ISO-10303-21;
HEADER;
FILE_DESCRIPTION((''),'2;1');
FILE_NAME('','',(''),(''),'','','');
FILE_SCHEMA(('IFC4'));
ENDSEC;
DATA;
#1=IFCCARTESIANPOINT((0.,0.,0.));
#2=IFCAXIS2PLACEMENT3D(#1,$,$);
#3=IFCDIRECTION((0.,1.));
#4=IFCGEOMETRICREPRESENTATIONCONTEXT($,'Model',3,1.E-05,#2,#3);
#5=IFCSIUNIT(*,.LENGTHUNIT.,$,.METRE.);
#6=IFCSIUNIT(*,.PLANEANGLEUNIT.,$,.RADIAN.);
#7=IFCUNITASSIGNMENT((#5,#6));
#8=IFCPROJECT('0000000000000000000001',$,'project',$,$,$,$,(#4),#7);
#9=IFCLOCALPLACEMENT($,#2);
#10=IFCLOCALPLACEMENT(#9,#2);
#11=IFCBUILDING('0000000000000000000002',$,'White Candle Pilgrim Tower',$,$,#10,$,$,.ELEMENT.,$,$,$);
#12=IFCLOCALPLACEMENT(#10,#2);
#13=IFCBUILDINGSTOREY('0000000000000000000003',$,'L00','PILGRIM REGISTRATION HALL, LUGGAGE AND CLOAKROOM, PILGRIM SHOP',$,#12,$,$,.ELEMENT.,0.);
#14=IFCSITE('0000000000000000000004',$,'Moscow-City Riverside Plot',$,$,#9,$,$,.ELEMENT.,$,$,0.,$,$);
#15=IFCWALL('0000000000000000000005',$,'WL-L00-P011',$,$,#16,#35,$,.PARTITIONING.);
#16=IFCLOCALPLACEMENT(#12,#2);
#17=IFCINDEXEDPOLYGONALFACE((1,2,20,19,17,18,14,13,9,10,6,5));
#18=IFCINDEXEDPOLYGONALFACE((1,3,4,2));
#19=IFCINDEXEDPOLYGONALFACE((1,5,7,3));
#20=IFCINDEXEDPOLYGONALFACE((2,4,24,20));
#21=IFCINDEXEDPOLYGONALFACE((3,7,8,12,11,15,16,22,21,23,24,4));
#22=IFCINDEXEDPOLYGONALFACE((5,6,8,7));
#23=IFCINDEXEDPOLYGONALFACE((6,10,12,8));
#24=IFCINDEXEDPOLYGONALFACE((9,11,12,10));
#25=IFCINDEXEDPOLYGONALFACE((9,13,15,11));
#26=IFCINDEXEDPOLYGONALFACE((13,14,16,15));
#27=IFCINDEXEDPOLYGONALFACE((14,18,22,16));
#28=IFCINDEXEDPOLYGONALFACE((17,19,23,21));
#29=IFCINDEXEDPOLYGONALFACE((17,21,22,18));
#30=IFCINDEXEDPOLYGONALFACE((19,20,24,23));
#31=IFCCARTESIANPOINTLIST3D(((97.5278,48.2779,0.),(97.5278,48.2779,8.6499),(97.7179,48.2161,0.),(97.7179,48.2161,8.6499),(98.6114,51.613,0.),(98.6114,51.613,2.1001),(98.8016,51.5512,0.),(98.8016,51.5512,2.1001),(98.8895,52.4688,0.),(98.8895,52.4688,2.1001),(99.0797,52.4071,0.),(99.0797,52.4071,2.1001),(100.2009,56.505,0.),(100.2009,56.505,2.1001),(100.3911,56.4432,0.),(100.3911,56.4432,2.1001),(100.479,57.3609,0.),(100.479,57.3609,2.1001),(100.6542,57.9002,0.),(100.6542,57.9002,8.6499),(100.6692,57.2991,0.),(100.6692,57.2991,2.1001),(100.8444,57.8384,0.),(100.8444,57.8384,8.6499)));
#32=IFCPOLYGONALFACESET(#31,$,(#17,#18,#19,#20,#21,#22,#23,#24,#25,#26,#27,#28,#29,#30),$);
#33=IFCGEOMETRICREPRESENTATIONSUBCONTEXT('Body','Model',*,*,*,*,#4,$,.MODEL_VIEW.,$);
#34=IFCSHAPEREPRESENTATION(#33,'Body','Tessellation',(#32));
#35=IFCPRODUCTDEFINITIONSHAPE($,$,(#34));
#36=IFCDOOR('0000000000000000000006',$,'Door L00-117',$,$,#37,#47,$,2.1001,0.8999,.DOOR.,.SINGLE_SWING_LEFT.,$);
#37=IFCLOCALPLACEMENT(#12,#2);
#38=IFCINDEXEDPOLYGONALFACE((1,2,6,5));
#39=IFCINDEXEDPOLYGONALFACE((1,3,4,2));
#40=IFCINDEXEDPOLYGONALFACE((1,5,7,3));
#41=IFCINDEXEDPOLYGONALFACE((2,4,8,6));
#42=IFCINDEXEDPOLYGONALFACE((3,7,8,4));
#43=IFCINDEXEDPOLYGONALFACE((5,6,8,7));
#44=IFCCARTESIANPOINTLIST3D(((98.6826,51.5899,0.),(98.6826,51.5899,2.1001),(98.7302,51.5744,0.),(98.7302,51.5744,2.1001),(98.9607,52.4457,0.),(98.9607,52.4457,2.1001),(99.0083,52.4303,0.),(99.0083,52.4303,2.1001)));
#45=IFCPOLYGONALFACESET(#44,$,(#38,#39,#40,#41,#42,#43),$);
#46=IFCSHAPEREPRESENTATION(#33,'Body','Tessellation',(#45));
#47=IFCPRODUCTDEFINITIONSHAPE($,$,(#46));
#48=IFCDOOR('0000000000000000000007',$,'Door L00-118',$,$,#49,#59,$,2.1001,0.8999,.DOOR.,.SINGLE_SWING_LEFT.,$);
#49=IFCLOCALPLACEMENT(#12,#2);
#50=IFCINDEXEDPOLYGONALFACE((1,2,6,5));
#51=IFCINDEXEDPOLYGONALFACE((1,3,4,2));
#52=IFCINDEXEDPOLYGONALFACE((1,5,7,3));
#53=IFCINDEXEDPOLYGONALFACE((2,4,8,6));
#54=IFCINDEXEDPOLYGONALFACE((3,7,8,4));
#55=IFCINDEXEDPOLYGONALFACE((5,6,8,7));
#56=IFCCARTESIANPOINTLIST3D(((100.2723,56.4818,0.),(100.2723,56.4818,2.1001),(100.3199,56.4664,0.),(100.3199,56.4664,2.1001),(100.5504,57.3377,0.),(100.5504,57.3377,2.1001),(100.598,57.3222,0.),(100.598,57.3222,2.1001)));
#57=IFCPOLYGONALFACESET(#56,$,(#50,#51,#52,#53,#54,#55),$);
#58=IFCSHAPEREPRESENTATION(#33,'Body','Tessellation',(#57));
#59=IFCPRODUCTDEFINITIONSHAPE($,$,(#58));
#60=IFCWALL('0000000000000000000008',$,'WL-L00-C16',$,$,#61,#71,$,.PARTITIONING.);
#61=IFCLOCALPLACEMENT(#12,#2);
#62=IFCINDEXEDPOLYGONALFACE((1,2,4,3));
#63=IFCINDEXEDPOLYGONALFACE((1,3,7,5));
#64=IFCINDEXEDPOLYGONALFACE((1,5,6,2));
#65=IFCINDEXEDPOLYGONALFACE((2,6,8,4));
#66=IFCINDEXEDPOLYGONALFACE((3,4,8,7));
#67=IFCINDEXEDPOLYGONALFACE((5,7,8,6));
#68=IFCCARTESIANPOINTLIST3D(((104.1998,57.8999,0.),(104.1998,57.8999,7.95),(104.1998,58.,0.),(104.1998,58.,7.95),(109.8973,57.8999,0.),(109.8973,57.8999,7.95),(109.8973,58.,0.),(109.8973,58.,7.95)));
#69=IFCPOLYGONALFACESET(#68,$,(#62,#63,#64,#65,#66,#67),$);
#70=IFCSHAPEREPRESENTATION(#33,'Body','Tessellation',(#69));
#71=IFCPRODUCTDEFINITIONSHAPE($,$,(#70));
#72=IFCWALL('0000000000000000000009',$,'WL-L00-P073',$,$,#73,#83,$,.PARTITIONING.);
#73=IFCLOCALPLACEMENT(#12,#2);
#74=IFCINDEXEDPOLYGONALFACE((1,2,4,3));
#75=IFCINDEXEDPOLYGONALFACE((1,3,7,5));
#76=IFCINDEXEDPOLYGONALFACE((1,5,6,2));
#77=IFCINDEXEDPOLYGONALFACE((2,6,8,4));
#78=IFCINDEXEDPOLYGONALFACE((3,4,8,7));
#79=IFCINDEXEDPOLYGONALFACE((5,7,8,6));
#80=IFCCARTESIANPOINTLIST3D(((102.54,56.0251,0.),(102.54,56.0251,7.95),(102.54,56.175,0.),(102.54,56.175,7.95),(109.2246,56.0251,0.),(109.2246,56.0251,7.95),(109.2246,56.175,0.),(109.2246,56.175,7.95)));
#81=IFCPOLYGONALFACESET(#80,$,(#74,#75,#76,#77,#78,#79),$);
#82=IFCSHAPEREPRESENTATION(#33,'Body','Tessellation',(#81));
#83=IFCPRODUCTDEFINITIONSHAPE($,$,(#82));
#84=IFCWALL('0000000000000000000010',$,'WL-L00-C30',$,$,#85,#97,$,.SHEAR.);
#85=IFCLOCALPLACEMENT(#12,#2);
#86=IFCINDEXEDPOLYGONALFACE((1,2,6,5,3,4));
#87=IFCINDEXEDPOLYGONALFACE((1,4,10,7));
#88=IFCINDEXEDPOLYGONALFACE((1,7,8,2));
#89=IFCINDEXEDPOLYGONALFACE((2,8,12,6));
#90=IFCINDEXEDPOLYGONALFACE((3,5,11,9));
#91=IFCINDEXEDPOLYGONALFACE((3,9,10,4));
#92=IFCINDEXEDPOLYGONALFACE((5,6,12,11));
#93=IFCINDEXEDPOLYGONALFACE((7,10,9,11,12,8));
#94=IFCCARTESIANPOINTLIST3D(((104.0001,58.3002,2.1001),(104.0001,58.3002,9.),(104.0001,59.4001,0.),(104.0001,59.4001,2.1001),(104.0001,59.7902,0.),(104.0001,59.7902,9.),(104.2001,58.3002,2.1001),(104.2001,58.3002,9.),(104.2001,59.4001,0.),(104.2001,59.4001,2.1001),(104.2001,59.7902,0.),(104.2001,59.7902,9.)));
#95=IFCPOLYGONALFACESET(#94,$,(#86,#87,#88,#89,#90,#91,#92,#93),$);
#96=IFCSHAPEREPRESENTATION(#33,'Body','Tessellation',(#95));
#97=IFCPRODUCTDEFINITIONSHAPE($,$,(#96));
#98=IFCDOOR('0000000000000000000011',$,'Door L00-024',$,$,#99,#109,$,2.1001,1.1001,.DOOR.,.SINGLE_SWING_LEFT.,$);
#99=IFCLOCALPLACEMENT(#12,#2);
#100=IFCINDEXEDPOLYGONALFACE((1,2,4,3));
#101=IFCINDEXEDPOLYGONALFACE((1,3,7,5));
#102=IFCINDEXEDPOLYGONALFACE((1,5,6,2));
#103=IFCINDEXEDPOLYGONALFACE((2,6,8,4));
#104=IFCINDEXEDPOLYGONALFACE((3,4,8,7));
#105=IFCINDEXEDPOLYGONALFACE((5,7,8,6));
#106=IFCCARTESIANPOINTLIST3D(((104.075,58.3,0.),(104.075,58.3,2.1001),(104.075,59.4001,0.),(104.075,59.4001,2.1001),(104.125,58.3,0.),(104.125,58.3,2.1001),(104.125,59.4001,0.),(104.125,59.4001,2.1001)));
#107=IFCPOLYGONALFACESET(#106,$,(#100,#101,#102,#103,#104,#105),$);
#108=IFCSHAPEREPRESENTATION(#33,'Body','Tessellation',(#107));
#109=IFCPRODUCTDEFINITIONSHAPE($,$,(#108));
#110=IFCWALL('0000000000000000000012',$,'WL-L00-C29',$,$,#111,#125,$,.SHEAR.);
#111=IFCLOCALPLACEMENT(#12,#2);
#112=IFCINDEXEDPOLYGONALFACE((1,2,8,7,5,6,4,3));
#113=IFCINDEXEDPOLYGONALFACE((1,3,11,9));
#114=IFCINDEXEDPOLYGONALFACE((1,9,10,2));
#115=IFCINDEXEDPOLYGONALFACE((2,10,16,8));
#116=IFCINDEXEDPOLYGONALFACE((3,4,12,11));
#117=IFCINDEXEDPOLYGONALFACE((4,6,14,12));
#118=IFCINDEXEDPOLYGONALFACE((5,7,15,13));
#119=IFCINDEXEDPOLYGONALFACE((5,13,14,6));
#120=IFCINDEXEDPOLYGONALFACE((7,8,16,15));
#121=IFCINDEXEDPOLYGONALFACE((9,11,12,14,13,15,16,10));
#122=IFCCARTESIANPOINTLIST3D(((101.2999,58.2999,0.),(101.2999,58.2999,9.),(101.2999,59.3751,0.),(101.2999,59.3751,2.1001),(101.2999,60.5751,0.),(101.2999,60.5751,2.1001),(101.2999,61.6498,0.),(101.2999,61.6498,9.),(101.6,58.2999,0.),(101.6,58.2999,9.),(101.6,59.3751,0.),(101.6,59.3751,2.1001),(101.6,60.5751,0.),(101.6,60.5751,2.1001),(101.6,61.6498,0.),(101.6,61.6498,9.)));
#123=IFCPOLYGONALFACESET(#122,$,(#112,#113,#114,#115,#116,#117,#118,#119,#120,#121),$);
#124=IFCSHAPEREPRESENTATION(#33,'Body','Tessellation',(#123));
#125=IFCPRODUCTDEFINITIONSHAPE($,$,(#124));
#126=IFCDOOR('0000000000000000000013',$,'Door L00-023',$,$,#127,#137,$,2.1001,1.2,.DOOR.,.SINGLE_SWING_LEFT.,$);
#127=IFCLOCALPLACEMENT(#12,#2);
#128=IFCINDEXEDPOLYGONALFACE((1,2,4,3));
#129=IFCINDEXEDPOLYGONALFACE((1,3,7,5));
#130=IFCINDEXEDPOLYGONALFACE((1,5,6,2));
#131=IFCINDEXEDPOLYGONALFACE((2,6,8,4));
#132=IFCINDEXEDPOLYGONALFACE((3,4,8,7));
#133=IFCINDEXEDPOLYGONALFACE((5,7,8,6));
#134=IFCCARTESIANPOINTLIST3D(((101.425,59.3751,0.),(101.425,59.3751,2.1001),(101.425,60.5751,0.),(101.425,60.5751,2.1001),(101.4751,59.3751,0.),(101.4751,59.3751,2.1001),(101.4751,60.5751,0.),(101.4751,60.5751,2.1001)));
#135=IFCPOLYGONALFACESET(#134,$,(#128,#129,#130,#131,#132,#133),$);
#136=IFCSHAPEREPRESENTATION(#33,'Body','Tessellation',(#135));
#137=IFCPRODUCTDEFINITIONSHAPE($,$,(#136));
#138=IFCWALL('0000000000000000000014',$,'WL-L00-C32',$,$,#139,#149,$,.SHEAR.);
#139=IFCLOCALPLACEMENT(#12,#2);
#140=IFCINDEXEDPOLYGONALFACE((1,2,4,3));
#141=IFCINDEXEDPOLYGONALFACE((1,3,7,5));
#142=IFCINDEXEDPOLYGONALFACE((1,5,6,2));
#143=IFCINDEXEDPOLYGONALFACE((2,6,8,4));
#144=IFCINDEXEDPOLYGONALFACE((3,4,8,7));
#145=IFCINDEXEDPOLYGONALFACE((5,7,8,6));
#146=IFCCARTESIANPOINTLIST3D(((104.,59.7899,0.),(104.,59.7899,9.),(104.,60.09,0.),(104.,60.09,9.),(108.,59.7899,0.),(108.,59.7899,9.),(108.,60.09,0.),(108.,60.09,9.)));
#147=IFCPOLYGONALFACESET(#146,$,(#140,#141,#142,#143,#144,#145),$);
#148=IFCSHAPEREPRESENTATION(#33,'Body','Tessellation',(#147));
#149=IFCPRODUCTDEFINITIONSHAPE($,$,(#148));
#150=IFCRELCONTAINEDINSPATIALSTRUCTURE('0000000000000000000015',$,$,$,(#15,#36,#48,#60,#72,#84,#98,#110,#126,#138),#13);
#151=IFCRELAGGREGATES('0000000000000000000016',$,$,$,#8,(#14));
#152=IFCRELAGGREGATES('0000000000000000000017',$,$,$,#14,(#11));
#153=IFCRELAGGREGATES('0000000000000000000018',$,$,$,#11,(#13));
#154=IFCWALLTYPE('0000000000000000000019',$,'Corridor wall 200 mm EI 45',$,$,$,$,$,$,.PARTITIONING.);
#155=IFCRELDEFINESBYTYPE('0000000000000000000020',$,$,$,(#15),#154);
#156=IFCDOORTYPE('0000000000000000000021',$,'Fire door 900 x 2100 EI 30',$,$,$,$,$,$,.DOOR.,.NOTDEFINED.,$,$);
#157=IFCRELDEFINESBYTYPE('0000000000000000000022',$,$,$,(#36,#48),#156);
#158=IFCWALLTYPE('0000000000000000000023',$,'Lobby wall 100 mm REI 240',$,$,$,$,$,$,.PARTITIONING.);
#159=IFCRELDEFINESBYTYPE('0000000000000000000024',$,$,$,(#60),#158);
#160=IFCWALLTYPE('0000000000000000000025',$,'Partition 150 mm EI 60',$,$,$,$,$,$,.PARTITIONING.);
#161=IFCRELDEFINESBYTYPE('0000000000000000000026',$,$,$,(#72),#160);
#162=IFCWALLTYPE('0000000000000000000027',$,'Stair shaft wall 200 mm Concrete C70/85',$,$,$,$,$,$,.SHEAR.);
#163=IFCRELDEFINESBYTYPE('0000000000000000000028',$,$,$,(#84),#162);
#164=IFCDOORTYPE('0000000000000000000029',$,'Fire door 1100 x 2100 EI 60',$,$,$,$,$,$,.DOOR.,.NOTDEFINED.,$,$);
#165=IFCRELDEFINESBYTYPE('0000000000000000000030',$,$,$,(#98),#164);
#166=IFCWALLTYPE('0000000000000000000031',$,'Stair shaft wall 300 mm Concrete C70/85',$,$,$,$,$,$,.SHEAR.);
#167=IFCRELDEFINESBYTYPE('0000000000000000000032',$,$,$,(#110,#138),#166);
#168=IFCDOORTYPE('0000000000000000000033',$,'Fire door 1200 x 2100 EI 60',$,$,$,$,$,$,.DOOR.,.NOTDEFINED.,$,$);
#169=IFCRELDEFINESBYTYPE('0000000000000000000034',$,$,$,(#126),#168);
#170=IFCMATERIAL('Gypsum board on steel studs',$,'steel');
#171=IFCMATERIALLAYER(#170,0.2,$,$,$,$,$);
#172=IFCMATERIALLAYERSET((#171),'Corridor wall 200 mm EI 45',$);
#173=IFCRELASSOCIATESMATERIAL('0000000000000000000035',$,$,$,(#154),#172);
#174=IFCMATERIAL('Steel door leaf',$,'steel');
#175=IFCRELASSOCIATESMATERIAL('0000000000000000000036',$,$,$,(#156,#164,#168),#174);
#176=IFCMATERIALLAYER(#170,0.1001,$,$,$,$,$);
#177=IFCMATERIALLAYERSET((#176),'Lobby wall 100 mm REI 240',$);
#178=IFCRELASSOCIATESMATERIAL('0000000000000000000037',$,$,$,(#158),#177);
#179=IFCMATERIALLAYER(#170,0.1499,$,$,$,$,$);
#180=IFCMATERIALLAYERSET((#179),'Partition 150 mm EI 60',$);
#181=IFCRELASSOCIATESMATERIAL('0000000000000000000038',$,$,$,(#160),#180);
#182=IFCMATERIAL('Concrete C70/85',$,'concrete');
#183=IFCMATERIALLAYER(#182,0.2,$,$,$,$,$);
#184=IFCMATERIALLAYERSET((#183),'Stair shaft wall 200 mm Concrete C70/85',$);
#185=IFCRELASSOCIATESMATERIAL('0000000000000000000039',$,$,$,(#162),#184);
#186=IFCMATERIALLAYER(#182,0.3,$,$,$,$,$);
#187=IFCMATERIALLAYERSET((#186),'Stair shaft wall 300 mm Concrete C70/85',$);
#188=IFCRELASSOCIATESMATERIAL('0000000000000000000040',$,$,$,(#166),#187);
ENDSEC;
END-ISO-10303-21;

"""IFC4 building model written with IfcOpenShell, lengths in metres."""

from ifc_helpers import new_model, si_unit, direction, frame, frame_2d, origin, place, context, subcontext, project, spatial, rectangle, extrude, material, layer, layer_set, type_object, element, fill, save


model = new_model("IFC4")

# Units and contexts
model_context = context("Model", 3, precision=1e-05, world=origin(), true_north=direction((0.0, 1.0)))
body_context = subcontext(model_context, "Body", "Model", "MODEL_VIEW")
ifc_project = project(units=[si_unit("LENGTHUNIT", "METRE"), si_unit("PLANEANGLEUNIT", "RADIAN")], contexts=[model_context])

# Site, building, storey
site_placement = place(None, origin())
site = spatial("IfcSite", under=ifc_project, at=site_placement, Name="Moscow-City Riverside Plot", CompositionType="ELEMENT", RefElevation=0.0)
building_placement = place(site_placement, origin())
building = spatial("IfcBuilding", under=site, at=building_placement, Name="White Candle Pilgrim Tower", CompositionType="ELEMENT")
storey_placement = place(building_placement, origin())
storey = spatial("IfcBuildingStorey", under=building, at=storey_placement, Name="L00", Description="PILGRIM REGISTRATION HALL, LUGGAGE AND CLOAKROOM, PILGRIM SHOP", CompositionType="ELEMENT", Elevation=0.0)

# Shared definitions
ifc_material_1 = material(Name="Concrete C70/85", Category="concrete")

# Wall, openings, doors
ifc_material_2 = material(Name="Gypsum board on steel studs", Category="steel")
ifc_layer_1 = layer(ifc_material_2, 0.2)
ifc_layer_set_1 = layer_set([ifc_layer_1], Name="Corridor wall 200 mm EI 45")
wall_type_1 = type_object("IfcWallType", Name="Corridor wall 200 mm EI 45", PredefinedType="PARTITIONING", material=ifc_layer_set_1)
wall_1_placement = place(storey_placement, frame((100.7493, 57.8691, 0.0), z_axis=(0.0, 0.0, 1.0), x_axis=(-0.309016, -0.951057, 0.0)))
wall_1 = element("IfcWall", 1, at=wall_1_placement, inside=storey, type_object=wall_type_1, Name="WL-L00-P011", PredefinedType="PARTITIONING", context=body_context, shape_type="SweptSolid", body=[
    extrude(rectangle(XDim=10.1174, YDim=0.2, at=frame_2d((5.0586, 0.0))), origin(), (0.0, 0.0, 1.0), 8.6499),
])
opening_1_placement = place(wall_1_placement, frame((5.7107, 0.0, 0.0)))
opening_1 = element("IfcOpeningElement", 2, at=opening_1_placement, cuts=wall_1, PredefinedType="OPENING", context=body_context, shape_type="SweptSolid", body=[
    extrude(rectangle(XDim=0.8999, YDim=2.1001, at=frame_2d((0.45, 1.05))), frame((0.0, 0.1099, 0.0), z_axis=(0.0, -1.0, 0.0), x_axis=(1.0, 0.0, 0.0)), (0.0, 0.0, 1.0), 0.22),
])
opening_2_placement = place(wall_1_placement, frame((0.5669, 0.0, 0.0)))
opening_2 = element("IfcOpeningElement", 3, at=opening_2_placement, cuts=wall_1, PredefinedType="OPENING", context=body_context, shape_type="SweptSolid", body=[
    extrude(rectangle(XDim=0.8999, YDim=2.1001, at=frame_2d((0.45, 1.05))), frame((0.0, 0.1099, 0.0), z_axis=(0.0, -1.0, 0.0), x_axis=(1.0, 0.0, 0.0)), (0.0, 0.0, 1.0), 0.22),
])
ifc_material_3 = material(Name="Steel door leaf", Category="steel")
door_type_1 = type_object("IfcDoorType", Name="Fire door 900 x 2100 EI 30", OperationType="NOTDEFINED", PredefinedType="DOOR", material=ifc_material_3)
door_1_placement = place(opening_1_placement, origin())
door_1 = element("IfcDoor", 4, at=door_1_placement, inside=storey, type_object=door_type_1, Name="Door L00-117", OperationType="SINGLE_SWING_LEFT", OverallHeight=2.1001, OverallWidth=0.8999, PredefinedType="DOOR", context=body_context, shape_type="SweptSolid", body=[
    extrude(rectangle(XDim=0.8999, YDim=2.1001, at=frame_2d((0.45, 1.05))), frame((0.0, 0.0249, 0.0), z_axis=(0.0, -1.0, 0.0), x_axis=(1.0, 0.0, 0.0)), (0.0, 0.0, 1.0), 0.05),
])
fill(opening_1, door_1)
door_2_placement = place(opening_2_placement, frame((0.8999, 0.0, 0.0), z_axis=(0.0, 0.0, 1.0), x_axis=(-1.0, 0.0, 0.0)))
door_2 = element("IfcDoor", 5, at=door_2_placement, inside=storey, type_object=door_type_1, Name="Door L00-118", OperationType="SINGLE_SWING_LEFT", OverallHeight=2.1001, OverallWidth=0.8999, PredefinedType="DOOR", context=body_context, shape_type="SweptSolid", body=[
    extrude(rectangle(XDim=0.8999, YDim=2.1001, at=frame_2d((0.45, 1.05))), frame((0.0, 0.0249, 0.0), z_axis=(0.0, -1.0, 0.0), x_axis=(1.0, 0.0, 0.0)), (0.0, 0.0, 1.0), 0.05),
])
fill(opening_2, door_2)

# Walls
ifc_layer_2 = layer(ifc_material_2, 0.1001)
ifc_layer_set_2 = layer_set([ifc_layer_2], Name="Lobby wall 100 mm REI 240")
wall_type_2 = type_object("IfcWallType", Name="Lobby wall 100 mm REI 240", PredefinedType="PARTITIONING", material=ifc_layer_set_2)
wall_2_placement = place(storey_placement, frame((104.2, 57.95, 0.0), z_axis=(0.0, 0.0, 1.0), x_axis=(1.0, 0.0, 0.0)))
element("IfcWall", 6, at=wall_2_placement, inside=storey, type_object=wall_type_2, Name="WL-L00-C16", PredefinedType="PARTITIONING", context=body_context, shape_type="SweptSolid", body=[
    extrude(rectangle(XDim=5.6975, YDim=0.1001, at=frame_2d((2.8486, 0.0))), origin(), (0.0, 0.0, 1.0), 7.95),
])
ifc_layer_3 = layer(ifc_material_2, 0.1499)
ifc_layer_set_3 = layer_set([ifc_layer_3], Name="Partition 150 mm EI 60")
wall_type_3 = type_object("IfcWallType", Name="Partition 150 mm EI 60", PredefinedType="PARTITIONING", material=ifc_layer_set_3)
wall_3_placement = place(storey_placement, frame((102.54, 56.1001, 0.0), z_axis=(0.0, 0.0, 1.0), x_axis=(1.0, 0.0, 0.0)))
element("IfcWall", 7, at=wall_3_placement, inside=storey, type_object=wall_type_3, Name="WL-L00-P073", PredefinedType="PARTITIONING", context=body_context, shape_type="SweptSolid", body=[
    extrude(rectangle(XDim=6.6846, YDim=0.1499, at=frame_2d((3.3423, 0.0))), origin(), (0.0, 0.0, 1.0), 7.95),
])

# Walls, openings, doors
ifc_layer_4 = layer(ifc_material_1, 0.2)
ifc_layer_set_4 = layer_set([ifc_layer_4], Name="Stair shaft wall 200 mm Concrete C70/85")
wall_type_4 = type_object("IfcWallType", Name="Stair shaft wall 200 mm Concrete C70/85", PredefinedType="SHEAR", material=ifc_layer_set_4)
wall_4_placement = place(storey_placement, frame((104.1001, 58.3, 0.0), z_axis=(0.0, 0.0, 1.0), x_axis=(0.0, 1.0, 0.0)))
wall_4 = element("IfcWall", 8, at=wall_4_placement, inside=storey, type_object=wall_type_4, Name="WL-L00-C30", PredefinedType="SHEAR", context=body_context, shape_type="SweptSolid", body=[
    extrude(rectangle(XDim=1.49, YDim=0.2, at=frame_2d((0.7451, 0.0))), origin(), (0.0, 0.0, 1.0), 9.0),
])
opening_3_placement = place(wall_4_placement, origin())
opening_3 = element("IfcOpeningElement", 9, at=opening_3_placement, cuts=wall_4, PredefinedType="OPENING", context=body_context, shape_type="SweptSolid", body=[
    extrude(rectangle(XDim=1.1001, YDim=2.1001, at=frame_2d((0.55, 1.05))), frame((0.0, 0.1099, 0.0), z_axis=(0.0, -1.0, 0.0), x_axis=(1.0, 0.0, 0.0)), (0.0, 0.0, 1.0), 0.22),
])
door_type_2 = type_object("IfcDoorType", Name="Fire door 1100 x 2100 EI 60", OperationType="NOTDEFINED", PredefinedType="DOOR", material=ifc_material_3)
door_3_placement = place(opening_3_placement, frame((1.1001, 0.0, 0.0), z_axis=(0.0, 0.0, 1.0), x_axis=(-1.0, 0.0, 0.0)))
door_3 = element("IfcDoor", 10, at=door_3_placement, inside=storey, type_object=door_type_2, Name="Door L00-024", OperationType="SINGLE_SWING_LEFT", OverallHeight=2.1001, OverallWidth=1.1001, PredefinedType="DOOR", context=body_context, shape_type="SweptSolid", body=[
    extrude(rectangle(XDim=1.1001, YDim=2.1001, at=frame_2d((0.55, 1.05))), frame((0.0, 0.0249, 0.0), z_axis=(0.0, -1.0, 0.0), x_axis=(1.0, 0.0, 0.0)), (0.0, 0.0, 1.0), 0.05),
])
fill(opening_3, door_3)
ifc_layer_5 = layer(ifc_material_1, 0.3)
ifc_layer_set_5 = layer_set([ifc_layer_5], Name="Stair shaft wall 300 mm Concrete C70/85")
wall_type_5 = type_object("IfcWallType", Name="Stair shaft wall 300 mm Concrete C70/85", PredefinedType="SHEAR", material=ifc_layer_set_5)
wall_5_placement = place(storey_placement, frame((101.45, 58.3, 0.0), z_axis=(0.0, 0.0, 1.0), x_axis=(0.0, 1.0, 0.0)))
wall_5 = element("IfcWall", 11, at=wall_5_placement, inside=storey, type_object=wall_type_5, Name="WL-L00-C29", PredefinedType="SHEAR", context=body_context, shape_type="SweptSolid", body=[
    extrude(rectangle(XDim=3.3499, YDim=0.3, at=frame_2d((1.6748, 0.0))), origin(), (0.0, 0.0, 1.0), 9.0),
])
opening_4_placement = place(wall_5_placement, frame((1.075, 0.0, 0.0)))
opening_4 = element("IfcOpeningElement", 12, at=opening_4_placement, cuts=wall_5, PredefinedType="OPENING", context=body_context, shape_type="SweptSolid", body=[
    extrude(rectangle(XDim=1.2, YDim=2.1001, at=frame_2d((0.6001, 1.05))), frame((0.0, 0.1599, 0.0), z_axis=(0.0, -1.0, 0.0), x_axis=(1.0, 0.0, 0.0)), (0.0, 0.0, 1.0), 0.3201),
])
door_type_3 = type_object("IfcDoorType", Name="Fire door 1200 x 2100 EI 60", OperationType="NOTDEFINED", PredefinedType="DOOR", material=ifc_material_3)
door_4_placement = place(opening_4_placement, origin())
door_4 = element("IfcDoor", 13, at=door_4_placement, inside=storey, type_object=door_type_3, Name="Door L00-023", OperationType="SINGLE_SWING_LEFT", OverallHeight=2.1001, OverallWidth=1.2, PredefinedType="DOOR", context=body_context, shape_type="SweptSolid", body=[
    extrude(rectangle(XDim=1.2, YDim=2.1001, at=frame_2d((0.6001, 1.05))), frame((0.0, 0.0249, 0.0), z_axis=(0.0, -1.0, 0.0), x_axis=(1.0, 0.0, 0.0)), (0.0, 0.0, 1.0), 0.05),
])
fill(opening_4, door_4)

# Wall
wall_6_placement = place(storey_placement, frame((104.0, 59.9399, 0.0), z_axis=(0.0, 0.0, 1.0), x_axis=(1.0, 0.0, 0.0)))
element("IfcWall", 14, at=wall_6_placement, inside=storey, type_object=wall_type_5, Name="WL-L00-C32", PredefinedType="SHEAR", context=body_context, shape_type="SweptSolid", body=[
    extrude(rectangle(XDim=4.0, YDim=0.3, at=frame_2d((2.0, 0.0))), origin(), (0.0, 0.0, 1.0), 9.0),
])

save(model, "model.ifc")
